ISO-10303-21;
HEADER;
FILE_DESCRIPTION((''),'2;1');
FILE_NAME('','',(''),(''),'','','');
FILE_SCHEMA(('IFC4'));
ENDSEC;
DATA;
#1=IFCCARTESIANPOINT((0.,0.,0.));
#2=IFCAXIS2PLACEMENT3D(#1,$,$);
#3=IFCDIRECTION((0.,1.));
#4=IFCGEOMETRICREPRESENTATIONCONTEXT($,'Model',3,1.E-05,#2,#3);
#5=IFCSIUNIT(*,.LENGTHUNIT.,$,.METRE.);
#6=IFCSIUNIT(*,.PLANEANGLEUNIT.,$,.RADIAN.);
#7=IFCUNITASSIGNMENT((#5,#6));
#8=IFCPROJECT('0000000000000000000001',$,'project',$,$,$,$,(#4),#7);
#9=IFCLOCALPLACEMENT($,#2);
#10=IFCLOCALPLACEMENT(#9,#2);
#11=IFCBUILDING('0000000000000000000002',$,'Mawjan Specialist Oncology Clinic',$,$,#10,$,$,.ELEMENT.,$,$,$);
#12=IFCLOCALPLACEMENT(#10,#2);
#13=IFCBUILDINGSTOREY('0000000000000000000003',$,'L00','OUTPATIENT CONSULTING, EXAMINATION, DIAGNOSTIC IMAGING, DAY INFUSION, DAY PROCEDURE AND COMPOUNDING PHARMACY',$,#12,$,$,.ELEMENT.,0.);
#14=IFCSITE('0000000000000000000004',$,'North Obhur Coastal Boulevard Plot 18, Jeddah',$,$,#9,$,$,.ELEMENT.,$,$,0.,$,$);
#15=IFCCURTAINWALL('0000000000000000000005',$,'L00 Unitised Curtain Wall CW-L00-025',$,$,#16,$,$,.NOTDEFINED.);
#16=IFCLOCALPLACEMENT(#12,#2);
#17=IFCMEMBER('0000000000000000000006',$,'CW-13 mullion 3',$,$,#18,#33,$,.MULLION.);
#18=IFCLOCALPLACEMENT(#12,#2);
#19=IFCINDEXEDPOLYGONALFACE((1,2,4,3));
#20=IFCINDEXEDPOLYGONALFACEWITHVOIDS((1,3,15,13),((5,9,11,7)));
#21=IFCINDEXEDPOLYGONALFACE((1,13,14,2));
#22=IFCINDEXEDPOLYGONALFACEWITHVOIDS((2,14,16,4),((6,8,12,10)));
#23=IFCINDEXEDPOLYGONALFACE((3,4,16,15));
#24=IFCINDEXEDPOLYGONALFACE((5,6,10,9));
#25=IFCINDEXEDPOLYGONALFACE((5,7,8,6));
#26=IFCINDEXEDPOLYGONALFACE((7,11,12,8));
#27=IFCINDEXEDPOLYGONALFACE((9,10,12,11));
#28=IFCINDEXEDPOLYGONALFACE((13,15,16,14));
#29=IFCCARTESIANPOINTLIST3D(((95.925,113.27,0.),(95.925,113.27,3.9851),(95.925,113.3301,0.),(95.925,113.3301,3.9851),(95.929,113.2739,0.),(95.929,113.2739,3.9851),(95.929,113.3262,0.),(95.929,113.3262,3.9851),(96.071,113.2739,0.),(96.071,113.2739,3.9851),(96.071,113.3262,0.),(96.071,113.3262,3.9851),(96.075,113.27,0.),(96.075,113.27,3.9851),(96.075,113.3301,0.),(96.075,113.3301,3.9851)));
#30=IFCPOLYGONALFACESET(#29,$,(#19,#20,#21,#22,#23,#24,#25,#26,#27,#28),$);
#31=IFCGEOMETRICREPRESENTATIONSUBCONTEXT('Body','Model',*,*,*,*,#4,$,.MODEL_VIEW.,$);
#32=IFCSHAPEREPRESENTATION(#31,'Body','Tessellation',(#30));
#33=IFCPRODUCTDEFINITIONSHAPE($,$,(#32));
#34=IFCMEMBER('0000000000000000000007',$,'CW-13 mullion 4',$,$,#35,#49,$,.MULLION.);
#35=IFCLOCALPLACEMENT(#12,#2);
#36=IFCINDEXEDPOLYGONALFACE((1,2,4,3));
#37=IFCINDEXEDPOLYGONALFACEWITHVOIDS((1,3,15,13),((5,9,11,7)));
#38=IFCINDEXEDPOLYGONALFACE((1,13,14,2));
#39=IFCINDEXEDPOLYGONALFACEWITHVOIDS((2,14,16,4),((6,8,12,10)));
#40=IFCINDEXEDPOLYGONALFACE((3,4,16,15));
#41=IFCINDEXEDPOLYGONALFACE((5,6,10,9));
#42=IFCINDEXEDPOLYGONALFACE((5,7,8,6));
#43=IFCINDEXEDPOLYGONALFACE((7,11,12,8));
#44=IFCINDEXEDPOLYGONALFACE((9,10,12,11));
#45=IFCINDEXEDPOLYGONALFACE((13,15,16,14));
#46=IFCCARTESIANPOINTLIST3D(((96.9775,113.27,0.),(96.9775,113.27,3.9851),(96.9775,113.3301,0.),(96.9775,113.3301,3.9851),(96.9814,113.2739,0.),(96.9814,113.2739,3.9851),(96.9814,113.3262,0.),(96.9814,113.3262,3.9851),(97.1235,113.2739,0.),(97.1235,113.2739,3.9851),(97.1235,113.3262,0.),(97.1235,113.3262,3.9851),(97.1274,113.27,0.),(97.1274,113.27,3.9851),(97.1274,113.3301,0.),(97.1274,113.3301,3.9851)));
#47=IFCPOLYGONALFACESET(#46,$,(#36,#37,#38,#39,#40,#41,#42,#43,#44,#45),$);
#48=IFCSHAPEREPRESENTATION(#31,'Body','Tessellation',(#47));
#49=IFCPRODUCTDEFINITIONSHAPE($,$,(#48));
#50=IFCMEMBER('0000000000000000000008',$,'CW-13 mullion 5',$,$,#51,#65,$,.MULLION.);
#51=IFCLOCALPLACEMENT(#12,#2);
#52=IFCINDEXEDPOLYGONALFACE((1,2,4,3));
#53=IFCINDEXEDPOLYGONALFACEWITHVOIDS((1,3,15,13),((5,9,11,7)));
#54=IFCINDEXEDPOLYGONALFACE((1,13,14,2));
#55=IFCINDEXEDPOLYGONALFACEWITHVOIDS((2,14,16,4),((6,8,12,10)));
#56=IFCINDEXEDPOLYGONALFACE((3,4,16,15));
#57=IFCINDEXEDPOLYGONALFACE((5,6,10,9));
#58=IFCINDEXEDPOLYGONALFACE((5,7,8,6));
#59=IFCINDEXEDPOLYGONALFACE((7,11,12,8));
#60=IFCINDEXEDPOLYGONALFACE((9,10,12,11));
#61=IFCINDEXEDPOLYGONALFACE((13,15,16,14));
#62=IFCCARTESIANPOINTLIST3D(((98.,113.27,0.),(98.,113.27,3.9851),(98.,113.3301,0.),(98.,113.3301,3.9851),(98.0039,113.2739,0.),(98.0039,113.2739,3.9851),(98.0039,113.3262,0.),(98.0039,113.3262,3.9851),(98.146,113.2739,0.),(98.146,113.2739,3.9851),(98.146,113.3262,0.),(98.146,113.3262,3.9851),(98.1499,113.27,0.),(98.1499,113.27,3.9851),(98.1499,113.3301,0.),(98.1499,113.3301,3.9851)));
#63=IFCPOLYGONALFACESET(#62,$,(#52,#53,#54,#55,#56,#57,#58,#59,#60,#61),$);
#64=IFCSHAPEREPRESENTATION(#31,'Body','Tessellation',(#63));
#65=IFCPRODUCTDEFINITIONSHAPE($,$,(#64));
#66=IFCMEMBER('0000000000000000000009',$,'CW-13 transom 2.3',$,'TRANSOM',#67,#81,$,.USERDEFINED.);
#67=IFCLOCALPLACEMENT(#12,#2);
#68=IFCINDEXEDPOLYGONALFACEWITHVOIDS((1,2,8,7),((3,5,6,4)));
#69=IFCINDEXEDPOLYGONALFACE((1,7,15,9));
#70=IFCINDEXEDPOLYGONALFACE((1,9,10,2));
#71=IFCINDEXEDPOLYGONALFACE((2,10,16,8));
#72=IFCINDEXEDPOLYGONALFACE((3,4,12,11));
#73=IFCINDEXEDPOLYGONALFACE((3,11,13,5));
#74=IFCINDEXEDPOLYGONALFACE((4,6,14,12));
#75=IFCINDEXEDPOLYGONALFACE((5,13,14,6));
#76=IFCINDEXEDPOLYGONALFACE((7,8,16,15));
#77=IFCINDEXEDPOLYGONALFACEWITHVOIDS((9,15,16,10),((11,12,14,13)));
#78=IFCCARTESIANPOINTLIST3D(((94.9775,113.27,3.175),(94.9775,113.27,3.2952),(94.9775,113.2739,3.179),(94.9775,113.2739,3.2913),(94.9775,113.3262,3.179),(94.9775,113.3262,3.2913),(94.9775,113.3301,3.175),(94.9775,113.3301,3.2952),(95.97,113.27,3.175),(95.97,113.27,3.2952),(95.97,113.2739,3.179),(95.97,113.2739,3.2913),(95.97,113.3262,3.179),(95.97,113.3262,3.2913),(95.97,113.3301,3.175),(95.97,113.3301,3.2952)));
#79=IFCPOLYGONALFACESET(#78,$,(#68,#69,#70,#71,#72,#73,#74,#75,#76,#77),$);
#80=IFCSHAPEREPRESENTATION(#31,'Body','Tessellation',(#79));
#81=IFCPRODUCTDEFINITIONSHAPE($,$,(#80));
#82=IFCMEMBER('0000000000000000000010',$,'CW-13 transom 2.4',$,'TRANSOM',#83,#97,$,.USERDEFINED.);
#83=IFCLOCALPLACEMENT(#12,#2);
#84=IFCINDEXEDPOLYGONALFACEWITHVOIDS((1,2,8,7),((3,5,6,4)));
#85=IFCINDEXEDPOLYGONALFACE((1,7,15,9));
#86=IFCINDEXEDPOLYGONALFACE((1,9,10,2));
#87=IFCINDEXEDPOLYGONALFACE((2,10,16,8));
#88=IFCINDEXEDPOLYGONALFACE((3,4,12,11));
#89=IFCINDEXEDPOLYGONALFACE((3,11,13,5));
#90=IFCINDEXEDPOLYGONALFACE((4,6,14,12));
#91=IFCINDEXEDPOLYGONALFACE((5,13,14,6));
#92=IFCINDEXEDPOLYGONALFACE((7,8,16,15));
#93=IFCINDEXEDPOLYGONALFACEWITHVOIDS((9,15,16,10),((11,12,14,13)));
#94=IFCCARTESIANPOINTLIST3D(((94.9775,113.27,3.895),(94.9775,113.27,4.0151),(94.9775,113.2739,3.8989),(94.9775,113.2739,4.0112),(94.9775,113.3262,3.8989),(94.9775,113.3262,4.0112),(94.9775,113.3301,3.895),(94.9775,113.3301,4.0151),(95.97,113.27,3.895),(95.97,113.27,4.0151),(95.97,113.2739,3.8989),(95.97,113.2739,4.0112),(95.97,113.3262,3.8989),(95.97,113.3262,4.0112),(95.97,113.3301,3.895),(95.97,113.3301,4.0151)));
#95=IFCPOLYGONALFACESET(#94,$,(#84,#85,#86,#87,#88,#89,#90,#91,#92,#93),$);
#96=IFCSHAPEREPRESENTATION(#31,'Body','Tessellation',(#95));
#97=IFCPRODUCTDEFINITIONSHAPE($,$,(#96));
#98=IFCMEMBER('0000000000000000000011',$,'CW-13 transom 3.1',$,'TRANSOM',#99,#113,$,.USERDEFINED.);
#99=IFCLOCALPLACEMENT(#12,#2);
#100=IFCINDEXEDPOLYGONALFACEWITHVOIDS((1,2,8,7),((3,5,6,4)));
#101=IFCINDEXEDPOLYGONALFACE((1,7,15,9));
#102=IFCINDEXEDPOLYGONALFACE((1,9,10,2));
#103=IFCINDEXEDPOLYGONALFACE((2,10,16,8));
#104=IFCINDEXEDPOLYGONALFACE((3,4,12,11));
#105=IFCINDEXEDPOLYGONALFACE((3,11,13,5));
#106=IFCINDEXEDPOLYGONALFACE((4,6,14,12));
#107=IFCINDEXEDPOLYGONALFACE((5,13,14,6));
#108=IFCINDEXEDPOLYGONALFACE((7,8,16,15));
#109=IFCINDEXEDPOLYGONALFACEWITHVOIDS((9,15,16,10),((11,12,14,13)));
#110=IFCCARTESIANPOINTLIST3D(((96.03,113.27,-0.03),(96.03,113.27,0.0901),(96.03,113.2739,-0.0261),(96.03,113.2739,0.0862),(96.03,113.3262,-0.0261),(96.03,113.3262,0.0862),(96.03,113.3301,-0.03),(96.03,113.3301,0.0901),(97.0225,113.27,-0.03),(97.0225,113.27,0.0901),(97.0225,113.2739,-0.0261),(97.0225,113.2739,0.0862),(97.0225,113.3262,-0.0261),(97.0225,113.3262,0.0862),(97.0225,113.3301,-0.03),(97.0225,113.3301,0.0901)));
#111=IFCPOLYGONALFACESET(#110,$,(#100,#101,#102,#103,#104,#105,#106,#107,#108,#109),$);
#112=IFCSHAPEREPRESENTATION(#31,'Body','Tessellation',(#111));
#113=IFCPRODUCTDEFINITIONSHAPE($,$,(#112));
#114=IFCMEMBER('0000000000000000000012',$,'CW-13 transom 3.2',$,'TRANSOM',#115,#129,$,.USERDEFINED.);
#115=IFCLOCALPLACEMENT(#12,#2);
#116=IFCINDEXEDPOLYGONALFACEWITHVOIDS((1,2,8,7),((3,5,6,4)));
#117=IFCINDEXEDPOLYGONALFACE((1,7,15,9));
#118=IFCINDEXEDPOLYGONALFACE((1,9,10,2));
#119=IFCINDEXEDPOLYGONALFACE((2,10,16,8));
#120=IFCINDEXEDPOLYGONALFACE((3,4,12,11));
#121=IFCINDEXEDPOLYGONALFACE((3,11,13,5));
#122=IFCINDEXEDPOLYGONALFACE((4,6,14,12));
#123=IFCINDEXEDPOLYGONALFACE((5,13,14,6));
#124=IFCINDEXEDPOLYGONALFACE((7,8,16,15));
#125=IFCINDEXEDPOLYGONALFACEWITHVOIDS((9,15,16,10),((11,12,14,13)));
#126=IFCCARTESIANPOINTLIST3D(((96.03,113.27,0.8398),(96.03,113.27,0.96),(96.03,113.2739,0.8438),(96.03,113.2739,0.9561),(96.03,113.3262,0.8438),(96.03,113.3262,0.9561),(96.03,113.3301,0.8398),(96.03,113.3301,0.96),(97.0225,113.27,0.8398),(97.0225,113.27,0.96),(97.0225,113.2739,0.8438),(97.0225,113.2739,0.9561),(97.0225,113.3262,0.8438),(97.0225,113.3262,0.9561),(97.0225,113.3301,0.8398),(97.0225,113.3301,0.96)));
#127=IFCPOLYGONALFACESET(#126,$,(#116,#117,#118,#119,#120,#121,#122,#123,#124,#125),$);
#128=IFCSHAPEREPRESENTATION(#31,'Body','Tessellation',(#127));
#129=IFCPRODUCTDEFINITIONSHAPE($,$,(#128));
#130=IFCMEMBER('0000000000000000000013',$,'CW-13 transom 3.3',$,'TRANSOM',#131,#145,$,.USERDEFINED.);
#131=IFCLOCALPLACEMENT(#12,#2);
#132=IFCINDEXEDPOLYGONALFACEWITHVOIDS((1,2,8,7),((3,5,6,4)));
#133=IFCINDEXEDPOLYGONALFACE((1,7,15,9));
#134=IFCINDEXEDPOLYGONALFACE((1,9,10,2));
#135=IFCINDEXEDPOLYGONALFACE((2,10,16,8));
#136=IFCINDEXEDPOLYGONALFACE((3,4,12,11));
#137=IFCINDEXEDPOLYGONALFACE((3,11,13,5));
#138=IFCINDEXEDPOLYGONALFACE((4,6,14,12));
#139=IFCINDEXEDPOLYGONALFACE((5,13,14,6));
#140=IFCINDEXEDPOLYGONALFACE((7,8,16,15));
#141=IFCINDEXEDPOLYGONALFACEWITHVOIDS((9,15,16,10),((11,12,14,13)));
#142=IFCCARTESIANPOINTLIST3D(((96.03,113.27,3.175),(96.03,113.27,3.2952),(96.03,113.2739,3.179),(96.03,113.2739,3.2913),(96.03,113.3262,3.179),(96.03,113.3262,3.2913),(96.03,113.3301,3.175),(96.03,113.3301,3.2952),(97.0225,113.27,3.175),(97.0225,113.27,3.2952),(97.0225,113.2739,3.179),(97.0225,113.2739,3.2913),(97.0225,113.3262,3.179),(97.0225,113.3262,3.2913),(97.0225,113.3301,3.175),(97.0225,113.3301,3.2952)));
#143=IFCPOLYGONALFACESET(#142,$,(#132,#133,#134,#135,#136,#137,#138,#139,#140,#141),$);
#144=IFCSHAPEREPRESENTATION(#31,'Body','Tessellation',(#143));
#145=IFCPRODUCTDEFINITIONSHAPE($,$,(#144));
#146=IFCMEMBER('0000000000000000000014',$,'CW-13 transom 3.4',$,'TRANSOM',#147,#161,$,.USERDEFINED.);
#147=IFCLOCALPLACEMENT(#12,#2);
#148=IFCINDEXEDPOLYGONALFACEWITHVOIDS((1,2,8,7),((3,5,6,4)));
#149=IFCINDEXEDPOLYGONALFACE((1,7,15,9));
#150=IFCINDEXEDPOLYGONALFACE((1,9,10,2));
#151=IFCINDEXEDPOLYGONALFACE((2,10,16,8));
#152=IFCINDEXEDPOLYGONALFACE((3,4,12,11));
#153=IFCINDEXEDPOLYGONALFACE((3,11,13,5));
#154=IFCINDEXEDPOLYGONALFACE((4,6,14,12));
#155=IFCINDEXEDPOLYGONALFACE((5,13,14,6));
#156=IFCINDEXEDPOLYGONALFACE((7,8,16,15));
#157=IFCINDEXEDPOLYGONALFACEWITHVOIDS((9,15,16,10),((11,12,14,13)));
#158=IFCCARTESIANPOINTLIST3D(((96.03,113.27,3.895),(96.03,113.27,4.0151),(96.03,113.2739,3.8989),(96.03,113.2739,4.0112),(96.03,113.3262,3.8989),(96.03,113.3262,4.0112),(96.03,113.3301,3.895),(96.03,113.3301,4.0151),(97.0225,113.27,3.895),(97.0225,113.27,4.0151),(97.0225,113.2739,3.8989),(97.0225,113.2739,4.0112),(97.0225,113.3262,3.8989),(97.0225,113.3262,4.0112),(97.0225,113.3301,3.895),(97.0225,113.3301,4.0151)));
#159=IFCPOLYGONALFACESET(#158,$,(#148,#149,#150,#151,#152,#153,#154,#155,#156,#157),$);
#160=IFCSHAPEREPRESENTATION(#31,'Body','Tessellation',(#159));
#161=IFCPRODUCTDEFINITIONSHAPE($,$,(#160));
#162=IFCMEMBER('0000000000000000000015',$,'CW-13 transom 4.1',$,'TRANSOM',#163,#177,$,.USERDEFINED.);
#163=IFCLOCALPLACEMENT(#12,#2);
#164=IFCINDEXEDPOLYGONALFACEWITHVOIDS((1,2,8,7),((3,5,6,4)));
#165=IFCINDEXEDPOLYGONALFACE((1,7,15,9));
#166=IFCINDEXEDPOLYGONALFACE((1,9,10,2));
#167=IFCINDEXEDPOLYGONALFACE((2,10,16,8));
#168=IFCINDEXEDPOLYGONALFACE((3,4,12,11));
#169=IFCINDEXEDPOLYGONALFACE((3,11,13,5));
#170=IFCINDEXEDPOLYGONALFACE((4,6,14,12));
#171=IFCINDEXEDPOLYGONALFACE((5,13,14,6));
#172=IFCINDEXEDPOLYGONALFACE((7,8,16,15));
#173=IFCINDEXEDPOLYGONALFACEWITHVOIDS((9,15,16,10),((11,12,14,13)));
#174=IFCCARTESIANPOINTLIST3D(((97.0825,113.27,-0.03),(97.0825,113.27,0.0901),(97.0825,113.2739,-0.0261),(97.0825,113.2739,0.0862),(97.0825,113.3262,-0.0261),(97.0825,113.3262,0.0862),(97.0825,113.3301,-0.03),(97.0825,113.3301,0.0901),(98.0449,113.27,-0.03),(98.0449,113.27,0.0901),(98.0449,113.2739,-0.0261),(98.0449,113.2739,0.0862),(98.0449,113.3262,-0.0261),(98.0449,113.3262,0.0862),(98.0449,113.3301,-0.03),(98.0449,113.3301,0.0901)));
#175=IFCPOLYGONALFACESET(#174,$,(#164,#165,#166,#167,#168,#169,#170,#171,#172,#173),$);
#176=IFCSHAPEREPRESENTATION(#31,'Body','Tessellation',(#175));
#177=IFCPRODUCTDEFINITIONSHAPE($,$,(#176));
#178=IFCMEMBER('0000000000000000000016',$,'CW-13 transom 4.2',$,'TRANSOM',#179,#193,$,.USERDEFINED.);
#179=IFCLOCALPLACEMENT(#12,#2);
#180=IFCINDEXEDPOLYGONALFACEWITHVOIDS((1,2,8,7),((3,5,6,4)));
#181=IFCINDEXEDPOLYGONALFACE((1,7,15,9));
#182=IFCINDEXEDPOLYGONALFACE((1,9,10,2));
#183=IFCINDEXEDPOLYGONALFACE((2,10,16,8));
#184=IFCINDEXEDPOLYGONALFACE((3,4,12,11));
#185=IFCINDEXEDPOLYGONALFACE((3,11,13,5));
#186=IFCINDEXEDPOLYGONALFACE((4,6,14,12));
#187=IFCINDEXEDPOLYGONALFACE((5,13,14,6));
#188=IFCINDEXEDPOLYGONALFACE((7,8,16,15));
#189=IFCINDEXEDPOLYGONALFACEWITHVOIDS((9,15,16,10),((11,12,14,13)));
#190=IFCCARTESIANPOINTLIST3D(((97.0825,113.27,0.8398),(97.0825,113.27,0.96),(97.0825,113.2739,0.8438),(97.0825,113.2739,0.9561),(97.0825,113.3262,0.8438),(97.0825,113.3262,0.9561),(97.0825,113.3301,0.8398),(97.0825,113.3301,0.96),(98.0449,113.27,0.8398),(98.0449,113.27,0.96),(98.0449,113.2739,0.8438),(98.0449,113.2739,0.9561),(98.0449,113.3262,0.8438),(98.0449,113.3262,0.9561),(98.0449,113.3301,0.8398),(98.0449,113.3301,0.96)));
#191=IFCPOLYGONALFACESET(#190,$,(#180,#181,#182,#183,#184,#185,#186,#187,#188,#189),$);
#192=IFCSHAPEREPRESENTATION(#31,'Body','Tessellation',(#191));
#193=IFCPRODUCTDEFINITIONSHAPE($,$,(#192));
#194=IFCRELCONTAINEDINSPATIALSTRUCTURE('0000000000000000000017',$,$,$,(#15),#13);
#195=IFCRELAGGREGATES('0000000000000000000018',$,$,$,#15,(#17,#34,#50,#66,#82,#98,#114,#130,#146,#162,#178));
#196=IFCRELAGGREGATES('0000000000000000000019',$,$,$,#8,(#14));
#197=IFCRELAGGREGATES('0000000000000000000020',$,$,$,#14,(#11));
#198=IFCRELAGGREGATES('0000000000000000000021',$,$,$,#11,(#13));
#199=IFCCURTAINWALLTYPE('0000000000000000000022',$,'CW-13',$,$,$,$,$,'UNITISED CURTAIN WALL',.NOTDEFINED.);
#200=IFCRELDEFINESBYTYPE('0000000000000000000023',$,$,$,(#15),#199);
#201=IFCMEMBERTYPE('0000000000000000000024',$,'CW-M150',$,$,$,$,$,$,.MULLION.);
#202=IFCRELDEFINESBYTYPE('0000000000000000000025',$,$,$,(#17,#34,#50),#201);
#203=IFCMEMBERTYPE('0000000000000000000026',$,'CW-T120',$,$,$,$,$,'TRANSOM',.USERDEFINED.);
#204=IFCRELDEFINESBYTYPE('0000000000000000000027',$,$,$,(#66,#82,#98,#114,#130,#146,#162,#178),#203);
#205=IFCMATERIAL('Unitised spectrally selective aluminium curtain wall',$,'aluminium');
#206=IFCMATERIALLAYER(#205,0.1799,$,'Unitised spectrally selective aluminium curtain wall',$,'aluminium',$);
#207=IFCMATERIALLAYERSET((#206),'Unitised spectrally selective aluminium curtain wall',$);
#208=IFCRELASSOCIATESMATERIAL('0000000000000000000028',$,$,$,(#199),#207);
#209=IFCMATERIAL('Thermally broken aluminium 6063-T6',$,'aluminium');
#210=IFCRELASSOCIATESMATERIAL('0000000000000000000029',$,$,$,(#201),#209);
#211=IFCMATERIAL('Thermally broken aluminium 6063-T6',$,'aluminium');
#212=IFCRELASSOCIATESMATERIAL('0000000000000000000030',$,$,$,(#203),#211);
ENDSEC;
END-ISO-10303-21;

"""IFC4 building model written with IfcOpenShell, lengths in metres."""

from ifc_helpers import new_model, si_unit, direction, frame, origin, origin_2d, place, context, subcontext, project, spatial, hollow_rectangle, extrude, material, layer, layer_set, material_profile, profile_set, type_object, element, aggregate, save


model = new_model("IFC4")

# Units and contexts
model_context = context("Model", 3, precision=1e-05, world=origin(), true_north=direction((0.0, 1.0)))
body_context = subcontext(model_context, "Body", "Model", "MODEL_VIEW")
ifc_project = project(units=[si_unit("LENGTHUNIT", "METRE"), si_unit("PLANEANGLEUNIT", "RADIAN")], contexts=[model_context])

# Site, building, storey
site_placement = place(None, origin())
site = spatial("IfcSite", under=ifc_project, at=site_placement, Name="North Obhur Coastal Boulevard Plot 18, Jeddah", CompositionType="ELEMENT", RefElevation=0.0)
building_placement = place(site_placement, origin())
building = spatial("IfcBuilding", under=site, at=building_placement, Name="Mawjan Specialist Oncology Clinic", CompositionType="ELEMENT")
storey_placement = place(building_placement, origin())
storey = spatial("IfcBuildingStorey", under=building, at=storey_placement, Name="L00", Description="OUTPATIENT CONSULTING, EXAMINATION, DIAGNOSTIC IMAGING, DAY INFUSION, DAY PROCEDURE AND COMPOUNDING PHARMACY", CompositionType="ELEMENT", Elevation=0.0)

# Curtain wall, members
ifc_material_1 = material(Name="Unitised spectrally selective aluminium curtain wall", Category="aluminium")
ifc_layer_1 = layer(ifc_material_1, 0.1799, Name="Unitised spectrally selective aluminium curtain wall", Category="aluminium")
ifc_layer_set_1 = layer_set([ifc_layer_1], Name="Unitised spectrally selective aluminium curtain wall")
curtain_wall_type = type_object("IfcCurtainWallType", Name="CW-13", ElementType="UNITISED CURTAIN WALL", PredefinedType="NOTDEFINED", material=ifc_layer_set_1)
curtain_wall_placement = place(storey_placement, origin())
curtain_wall = element("IfcCurtainWall", 1, at=curtain_wall_placement, inside=storey, type_object=curtain_wall_type, Name="L00 Unitised Curtain Wall CW-L00-025", PredefinedType="NOTDEFINED")
ifc_material_2 = material(Name="Thermally broken aluminium 6063-T6", Category="aluminium")
ifc_material_profile_1 = material_profile(ifc_material_2, hollow_rectangle(XDim=0.0601, YDim=0.1499, WallThickness=0.0039, at=origin_2d()), Name="ALU MULLION 150x60x4", Category="aluminium")
ifc_profile_set_1 = profile_set([ifc_material_profile_1], Name="Thermally broken aluminium 6063-T6")
member_type_1 = type_object("IfcMemberType", Name="CW-M150", PredefinedType="MULLION", material=ifc_profile_set_1)
member_1_placement = place(storey_placement, frame((96.0, 113.3, 0.0), z_axis=(0.0, 0.0, 1.0), x_axis=(0.0, 1.0, 0.0)))
member_1 = element("IfcMember", 2, at=member_1_placement, type_object=member_type_1, Name="CW-13 mullion 3", PredefinedType="MULLION", context=body_context, shape_type="SweptSolid", body=[
    extrude(hollow_rectangle(XDim=0.0601, YDim=0.1499, WallThickness=0.0039, at=origin_2d()), origin(), (0.0, 0.0, 1.0), 3.9851),
])
member_2_placement = place(storey_placement, frame((97.0525, 113.3, 0.0), z_axis=(0.0, 0.0, 1.0), x_axis=(0.0, 1.0, 0.0)))
member_2 = element("IfcMember", 3, at=member_2_placement, type_object=member_type_1, Name="CW-13 mullion 4", PredefinedType="MULLION", context=body_context, shape_type="SweptSolid", body=[
    extrude(hollow_rectangle(XDim=0.0601, YDim=0.1499, WallThickness=0.0039, at=origin_2d()), origin(), (0.0, 0.0, 1.0), 3.9851),
])
member_3_placement = place(storey_placement, frame((98.075, 113.3, 0.0), z_axis=(0.0, 0.0, 1.0), x_axis=(0.0, 1.0, 0.0)))
member_3 = element("IfcMember", 4, at=member_3_placement, type_object=member_type_1, Name="CW-13 mullion 5", PredefinedType="MULLION", context=body_context, shape_type="SweptSolid", body=[
    extrude(hollow_rectangle(XDim=0.0601, YDim=0.1499, WallThickness=0.0039, at=origin_2d()), origin(), (0.0, 0.0, 1.0), 3.9851),
])
ifc_material_3 = material(Name="Thermally broken aluminium 6063-T6", Category="aluminium")
ifc_material_profile_2 = material_profile(ifc_material_3, hollow_rectangle(XDim=0.0601, YDim=0.1201, WallThickness=0.0039, at=origin_2d()), Name="ALU TRANSOM 120x60x4", Category="aluminium")
ifc_profile_set_2 = profile_set([ifc_material_profile_2], Name="Thermally broken aluminium 6063-T6")
member_type_2 = type_object("IfcMemberType", Name="CW-T120", ElementType="TRANSOM", PredefinedType="USERDEFINED", material=ifc_profile_set_2)
member_4_placement = place(storey_placement, frame((94.9775, 113.3, 3.2351), z_axis=(1.0, 0.0, 0.0), x_axis=(0.0, 1.0, 0.0)))
member_4 = element("IfcMember", 5, at=member_4_placement, type_object=member_type_2, Name="CW-13 transom 2.3", ObjectType="TRANSOM", PredefinedType="USERDEFINED", context=body_context, shape_type="SweptSolid", body=[
    extrude(hollow_rectangle(XDim=0.0601, YDim=0.1201, WallThickness=0.0039, at=origin_2d()), origin(), (0.0, 0.0, 1.0), 0.9924),
])
member_5_placement = place(storey_placement, frame((94.9775, 113.3, 3.9551), z_axis=(1.0, 0.0, 0.0), x_axis=(0.0, 1.0, 0.0)))
member_5 = element("IfcMember", 6, at=member_5_placement, type_object=member_type_2, Name="CW-13 transom 2.4", ObjectType="TRANSOM", PredefinedType="USERDEFINED", context=body_context, shape_type="SweptSolid", body=[
    extrude(hollow_rectangle(XDim=0.0601, YDim=0.1201, WallThickness=0.0039, at=origin_2d()), origin(), (0.0, 0.0, 1.0), 0.9924),
])
member_6_placement = place(storey_placement, frame((96.03, 113.3, 0.03), z_axis=(1.0, 0.0, 0.0), x_axis=(0.0, 1.0, 0.0)))
member_6 = element("IfcMember", 7, at=member_6_placement, type_object=member_type_2, Name="CW-13 transom 3.1", ObjectType="TRANSOM", PredefinedType="USERDEFINED", context=body_context, shape_type="SweptSolid", body=[
    extrude(hollow_rectangle(XDim=0.0601, YDim=0.1201, WallThickness=0.0039, at=origin_2d()), origin(), (0.0, 0.0, 1.0), 0.9924),
])
member_7_placement = place(storey_placement, frame((96.03, 113.3, 0.8999), z_axis=(1.0, 0.0, 0.0), x_axis=(0.0, 1.0, 0.0)))
member_7 = element("IfcMember", 8, at=member_7_placement, type_object=member_type_2, Name="CW-13 transom 3.2", ObjectType="TRANSOM", PredefinedType="USERDEFINED", context=body_context, shape_type="SweptSolid", body=[
    extrude(hollow_rectangle(XDim=0.0601, YDim=0.1201, WallThickness=0.0039, at=origin_2d()), origin(), (0.0, 0.0, 1.0), 0.9924),
])
member_8_placement = place(storey_placement, frame((96.03, 113.3, 3.2351), z_axis=(1.0, 0.0, 0.0), x_axis=(0.0, 1.0, 0.0)))
member_8 = element("IfcMember", 9, at=member_8_placement, type_object=member_type_2, Name="CW-13 transom 3.3", ObjectType="TRANSOM", PredefinedType="USERDEFINED", context=body_context, shape_type="SweptSolid", body=[
    extrude(hollow_rectangle(XDim=0.0601, YDim=0.1201, WallThickness=0.0039, at=origin_2d()), origin(), (0.0, 0.0, 1.0), 0.9924),
])
member_9_placement = place(storey_placement, frame((96.03, 113.3, 3.9551), z_axis=(1.0, 0.0, 0.0), x_axis=(0.0, 1.0, 0.0)))
member_9 = element("IfcMember", 10, at=member_9_placement, type_object=member_type_2, Name="CW-13 transom 3.4", ObjectType="TRANSOM", PredefinedType="USERDEFINED", context=body_context, shape_type="SweptSolid", body=[
    extrude(hollow_rectangle(XDim=0.0601, YDim=0.1201, WallThickness=0.0039, at=origin_2d()), origin(), (0.0, 0.0, 1.0), 0.9924),
])
member_10_placement = place(storey_placement, frame((97.0825, 113.3, 0.03), z_axis=(1.0, 0.0, 0.0), x_axis=(0.0, 1.0, 0.0)))
member_10 = element("IfcMember", 11, at=member_10_placement, type_object=member_type_2, Name="CW-13 transom 4.1", ObjectType="TRANSOM", PredefinedType="USERDEFINED", context=body_context, shape_type="SweptSolid", body=[
    extrude(hollow_rectangle(XDim=0.0601, YDim=0.1201, WallThickness=0.0039, at=origin_2d()), origin(), (0.0, 0.0, 1.0), 0.9624),
])
member_11_placement = place(storey_placement, frame((97.0825, 113.3, 0.8999), z_axis=(1.0, 0.0, 0.0), x_axis=(0.0, 1.0, 0.0)))
member_11 = element("IfcMember", 12, at=member_11_placement, type_object=member_type_2, Name="CW-13 transom 4.2", ObjectType="TRANSOM", PredefinedType="USERDEFINED", context=body_context, shape_type="SweptSolid", body=[
    extrude(hollow_rectangle(XDim=0.0601, YDim=0.1201, WallThickness=0.0039, at=origin_2d()), origin(), (0.0, 0.0, 1.0), 0.9624),
])
aggregate(curtain_wall, [member_1, member_2, member_3, member_4, member_5, member_6, member_7, member_8, member_9, member_10, member_11])

save(model, "model.ifc")
